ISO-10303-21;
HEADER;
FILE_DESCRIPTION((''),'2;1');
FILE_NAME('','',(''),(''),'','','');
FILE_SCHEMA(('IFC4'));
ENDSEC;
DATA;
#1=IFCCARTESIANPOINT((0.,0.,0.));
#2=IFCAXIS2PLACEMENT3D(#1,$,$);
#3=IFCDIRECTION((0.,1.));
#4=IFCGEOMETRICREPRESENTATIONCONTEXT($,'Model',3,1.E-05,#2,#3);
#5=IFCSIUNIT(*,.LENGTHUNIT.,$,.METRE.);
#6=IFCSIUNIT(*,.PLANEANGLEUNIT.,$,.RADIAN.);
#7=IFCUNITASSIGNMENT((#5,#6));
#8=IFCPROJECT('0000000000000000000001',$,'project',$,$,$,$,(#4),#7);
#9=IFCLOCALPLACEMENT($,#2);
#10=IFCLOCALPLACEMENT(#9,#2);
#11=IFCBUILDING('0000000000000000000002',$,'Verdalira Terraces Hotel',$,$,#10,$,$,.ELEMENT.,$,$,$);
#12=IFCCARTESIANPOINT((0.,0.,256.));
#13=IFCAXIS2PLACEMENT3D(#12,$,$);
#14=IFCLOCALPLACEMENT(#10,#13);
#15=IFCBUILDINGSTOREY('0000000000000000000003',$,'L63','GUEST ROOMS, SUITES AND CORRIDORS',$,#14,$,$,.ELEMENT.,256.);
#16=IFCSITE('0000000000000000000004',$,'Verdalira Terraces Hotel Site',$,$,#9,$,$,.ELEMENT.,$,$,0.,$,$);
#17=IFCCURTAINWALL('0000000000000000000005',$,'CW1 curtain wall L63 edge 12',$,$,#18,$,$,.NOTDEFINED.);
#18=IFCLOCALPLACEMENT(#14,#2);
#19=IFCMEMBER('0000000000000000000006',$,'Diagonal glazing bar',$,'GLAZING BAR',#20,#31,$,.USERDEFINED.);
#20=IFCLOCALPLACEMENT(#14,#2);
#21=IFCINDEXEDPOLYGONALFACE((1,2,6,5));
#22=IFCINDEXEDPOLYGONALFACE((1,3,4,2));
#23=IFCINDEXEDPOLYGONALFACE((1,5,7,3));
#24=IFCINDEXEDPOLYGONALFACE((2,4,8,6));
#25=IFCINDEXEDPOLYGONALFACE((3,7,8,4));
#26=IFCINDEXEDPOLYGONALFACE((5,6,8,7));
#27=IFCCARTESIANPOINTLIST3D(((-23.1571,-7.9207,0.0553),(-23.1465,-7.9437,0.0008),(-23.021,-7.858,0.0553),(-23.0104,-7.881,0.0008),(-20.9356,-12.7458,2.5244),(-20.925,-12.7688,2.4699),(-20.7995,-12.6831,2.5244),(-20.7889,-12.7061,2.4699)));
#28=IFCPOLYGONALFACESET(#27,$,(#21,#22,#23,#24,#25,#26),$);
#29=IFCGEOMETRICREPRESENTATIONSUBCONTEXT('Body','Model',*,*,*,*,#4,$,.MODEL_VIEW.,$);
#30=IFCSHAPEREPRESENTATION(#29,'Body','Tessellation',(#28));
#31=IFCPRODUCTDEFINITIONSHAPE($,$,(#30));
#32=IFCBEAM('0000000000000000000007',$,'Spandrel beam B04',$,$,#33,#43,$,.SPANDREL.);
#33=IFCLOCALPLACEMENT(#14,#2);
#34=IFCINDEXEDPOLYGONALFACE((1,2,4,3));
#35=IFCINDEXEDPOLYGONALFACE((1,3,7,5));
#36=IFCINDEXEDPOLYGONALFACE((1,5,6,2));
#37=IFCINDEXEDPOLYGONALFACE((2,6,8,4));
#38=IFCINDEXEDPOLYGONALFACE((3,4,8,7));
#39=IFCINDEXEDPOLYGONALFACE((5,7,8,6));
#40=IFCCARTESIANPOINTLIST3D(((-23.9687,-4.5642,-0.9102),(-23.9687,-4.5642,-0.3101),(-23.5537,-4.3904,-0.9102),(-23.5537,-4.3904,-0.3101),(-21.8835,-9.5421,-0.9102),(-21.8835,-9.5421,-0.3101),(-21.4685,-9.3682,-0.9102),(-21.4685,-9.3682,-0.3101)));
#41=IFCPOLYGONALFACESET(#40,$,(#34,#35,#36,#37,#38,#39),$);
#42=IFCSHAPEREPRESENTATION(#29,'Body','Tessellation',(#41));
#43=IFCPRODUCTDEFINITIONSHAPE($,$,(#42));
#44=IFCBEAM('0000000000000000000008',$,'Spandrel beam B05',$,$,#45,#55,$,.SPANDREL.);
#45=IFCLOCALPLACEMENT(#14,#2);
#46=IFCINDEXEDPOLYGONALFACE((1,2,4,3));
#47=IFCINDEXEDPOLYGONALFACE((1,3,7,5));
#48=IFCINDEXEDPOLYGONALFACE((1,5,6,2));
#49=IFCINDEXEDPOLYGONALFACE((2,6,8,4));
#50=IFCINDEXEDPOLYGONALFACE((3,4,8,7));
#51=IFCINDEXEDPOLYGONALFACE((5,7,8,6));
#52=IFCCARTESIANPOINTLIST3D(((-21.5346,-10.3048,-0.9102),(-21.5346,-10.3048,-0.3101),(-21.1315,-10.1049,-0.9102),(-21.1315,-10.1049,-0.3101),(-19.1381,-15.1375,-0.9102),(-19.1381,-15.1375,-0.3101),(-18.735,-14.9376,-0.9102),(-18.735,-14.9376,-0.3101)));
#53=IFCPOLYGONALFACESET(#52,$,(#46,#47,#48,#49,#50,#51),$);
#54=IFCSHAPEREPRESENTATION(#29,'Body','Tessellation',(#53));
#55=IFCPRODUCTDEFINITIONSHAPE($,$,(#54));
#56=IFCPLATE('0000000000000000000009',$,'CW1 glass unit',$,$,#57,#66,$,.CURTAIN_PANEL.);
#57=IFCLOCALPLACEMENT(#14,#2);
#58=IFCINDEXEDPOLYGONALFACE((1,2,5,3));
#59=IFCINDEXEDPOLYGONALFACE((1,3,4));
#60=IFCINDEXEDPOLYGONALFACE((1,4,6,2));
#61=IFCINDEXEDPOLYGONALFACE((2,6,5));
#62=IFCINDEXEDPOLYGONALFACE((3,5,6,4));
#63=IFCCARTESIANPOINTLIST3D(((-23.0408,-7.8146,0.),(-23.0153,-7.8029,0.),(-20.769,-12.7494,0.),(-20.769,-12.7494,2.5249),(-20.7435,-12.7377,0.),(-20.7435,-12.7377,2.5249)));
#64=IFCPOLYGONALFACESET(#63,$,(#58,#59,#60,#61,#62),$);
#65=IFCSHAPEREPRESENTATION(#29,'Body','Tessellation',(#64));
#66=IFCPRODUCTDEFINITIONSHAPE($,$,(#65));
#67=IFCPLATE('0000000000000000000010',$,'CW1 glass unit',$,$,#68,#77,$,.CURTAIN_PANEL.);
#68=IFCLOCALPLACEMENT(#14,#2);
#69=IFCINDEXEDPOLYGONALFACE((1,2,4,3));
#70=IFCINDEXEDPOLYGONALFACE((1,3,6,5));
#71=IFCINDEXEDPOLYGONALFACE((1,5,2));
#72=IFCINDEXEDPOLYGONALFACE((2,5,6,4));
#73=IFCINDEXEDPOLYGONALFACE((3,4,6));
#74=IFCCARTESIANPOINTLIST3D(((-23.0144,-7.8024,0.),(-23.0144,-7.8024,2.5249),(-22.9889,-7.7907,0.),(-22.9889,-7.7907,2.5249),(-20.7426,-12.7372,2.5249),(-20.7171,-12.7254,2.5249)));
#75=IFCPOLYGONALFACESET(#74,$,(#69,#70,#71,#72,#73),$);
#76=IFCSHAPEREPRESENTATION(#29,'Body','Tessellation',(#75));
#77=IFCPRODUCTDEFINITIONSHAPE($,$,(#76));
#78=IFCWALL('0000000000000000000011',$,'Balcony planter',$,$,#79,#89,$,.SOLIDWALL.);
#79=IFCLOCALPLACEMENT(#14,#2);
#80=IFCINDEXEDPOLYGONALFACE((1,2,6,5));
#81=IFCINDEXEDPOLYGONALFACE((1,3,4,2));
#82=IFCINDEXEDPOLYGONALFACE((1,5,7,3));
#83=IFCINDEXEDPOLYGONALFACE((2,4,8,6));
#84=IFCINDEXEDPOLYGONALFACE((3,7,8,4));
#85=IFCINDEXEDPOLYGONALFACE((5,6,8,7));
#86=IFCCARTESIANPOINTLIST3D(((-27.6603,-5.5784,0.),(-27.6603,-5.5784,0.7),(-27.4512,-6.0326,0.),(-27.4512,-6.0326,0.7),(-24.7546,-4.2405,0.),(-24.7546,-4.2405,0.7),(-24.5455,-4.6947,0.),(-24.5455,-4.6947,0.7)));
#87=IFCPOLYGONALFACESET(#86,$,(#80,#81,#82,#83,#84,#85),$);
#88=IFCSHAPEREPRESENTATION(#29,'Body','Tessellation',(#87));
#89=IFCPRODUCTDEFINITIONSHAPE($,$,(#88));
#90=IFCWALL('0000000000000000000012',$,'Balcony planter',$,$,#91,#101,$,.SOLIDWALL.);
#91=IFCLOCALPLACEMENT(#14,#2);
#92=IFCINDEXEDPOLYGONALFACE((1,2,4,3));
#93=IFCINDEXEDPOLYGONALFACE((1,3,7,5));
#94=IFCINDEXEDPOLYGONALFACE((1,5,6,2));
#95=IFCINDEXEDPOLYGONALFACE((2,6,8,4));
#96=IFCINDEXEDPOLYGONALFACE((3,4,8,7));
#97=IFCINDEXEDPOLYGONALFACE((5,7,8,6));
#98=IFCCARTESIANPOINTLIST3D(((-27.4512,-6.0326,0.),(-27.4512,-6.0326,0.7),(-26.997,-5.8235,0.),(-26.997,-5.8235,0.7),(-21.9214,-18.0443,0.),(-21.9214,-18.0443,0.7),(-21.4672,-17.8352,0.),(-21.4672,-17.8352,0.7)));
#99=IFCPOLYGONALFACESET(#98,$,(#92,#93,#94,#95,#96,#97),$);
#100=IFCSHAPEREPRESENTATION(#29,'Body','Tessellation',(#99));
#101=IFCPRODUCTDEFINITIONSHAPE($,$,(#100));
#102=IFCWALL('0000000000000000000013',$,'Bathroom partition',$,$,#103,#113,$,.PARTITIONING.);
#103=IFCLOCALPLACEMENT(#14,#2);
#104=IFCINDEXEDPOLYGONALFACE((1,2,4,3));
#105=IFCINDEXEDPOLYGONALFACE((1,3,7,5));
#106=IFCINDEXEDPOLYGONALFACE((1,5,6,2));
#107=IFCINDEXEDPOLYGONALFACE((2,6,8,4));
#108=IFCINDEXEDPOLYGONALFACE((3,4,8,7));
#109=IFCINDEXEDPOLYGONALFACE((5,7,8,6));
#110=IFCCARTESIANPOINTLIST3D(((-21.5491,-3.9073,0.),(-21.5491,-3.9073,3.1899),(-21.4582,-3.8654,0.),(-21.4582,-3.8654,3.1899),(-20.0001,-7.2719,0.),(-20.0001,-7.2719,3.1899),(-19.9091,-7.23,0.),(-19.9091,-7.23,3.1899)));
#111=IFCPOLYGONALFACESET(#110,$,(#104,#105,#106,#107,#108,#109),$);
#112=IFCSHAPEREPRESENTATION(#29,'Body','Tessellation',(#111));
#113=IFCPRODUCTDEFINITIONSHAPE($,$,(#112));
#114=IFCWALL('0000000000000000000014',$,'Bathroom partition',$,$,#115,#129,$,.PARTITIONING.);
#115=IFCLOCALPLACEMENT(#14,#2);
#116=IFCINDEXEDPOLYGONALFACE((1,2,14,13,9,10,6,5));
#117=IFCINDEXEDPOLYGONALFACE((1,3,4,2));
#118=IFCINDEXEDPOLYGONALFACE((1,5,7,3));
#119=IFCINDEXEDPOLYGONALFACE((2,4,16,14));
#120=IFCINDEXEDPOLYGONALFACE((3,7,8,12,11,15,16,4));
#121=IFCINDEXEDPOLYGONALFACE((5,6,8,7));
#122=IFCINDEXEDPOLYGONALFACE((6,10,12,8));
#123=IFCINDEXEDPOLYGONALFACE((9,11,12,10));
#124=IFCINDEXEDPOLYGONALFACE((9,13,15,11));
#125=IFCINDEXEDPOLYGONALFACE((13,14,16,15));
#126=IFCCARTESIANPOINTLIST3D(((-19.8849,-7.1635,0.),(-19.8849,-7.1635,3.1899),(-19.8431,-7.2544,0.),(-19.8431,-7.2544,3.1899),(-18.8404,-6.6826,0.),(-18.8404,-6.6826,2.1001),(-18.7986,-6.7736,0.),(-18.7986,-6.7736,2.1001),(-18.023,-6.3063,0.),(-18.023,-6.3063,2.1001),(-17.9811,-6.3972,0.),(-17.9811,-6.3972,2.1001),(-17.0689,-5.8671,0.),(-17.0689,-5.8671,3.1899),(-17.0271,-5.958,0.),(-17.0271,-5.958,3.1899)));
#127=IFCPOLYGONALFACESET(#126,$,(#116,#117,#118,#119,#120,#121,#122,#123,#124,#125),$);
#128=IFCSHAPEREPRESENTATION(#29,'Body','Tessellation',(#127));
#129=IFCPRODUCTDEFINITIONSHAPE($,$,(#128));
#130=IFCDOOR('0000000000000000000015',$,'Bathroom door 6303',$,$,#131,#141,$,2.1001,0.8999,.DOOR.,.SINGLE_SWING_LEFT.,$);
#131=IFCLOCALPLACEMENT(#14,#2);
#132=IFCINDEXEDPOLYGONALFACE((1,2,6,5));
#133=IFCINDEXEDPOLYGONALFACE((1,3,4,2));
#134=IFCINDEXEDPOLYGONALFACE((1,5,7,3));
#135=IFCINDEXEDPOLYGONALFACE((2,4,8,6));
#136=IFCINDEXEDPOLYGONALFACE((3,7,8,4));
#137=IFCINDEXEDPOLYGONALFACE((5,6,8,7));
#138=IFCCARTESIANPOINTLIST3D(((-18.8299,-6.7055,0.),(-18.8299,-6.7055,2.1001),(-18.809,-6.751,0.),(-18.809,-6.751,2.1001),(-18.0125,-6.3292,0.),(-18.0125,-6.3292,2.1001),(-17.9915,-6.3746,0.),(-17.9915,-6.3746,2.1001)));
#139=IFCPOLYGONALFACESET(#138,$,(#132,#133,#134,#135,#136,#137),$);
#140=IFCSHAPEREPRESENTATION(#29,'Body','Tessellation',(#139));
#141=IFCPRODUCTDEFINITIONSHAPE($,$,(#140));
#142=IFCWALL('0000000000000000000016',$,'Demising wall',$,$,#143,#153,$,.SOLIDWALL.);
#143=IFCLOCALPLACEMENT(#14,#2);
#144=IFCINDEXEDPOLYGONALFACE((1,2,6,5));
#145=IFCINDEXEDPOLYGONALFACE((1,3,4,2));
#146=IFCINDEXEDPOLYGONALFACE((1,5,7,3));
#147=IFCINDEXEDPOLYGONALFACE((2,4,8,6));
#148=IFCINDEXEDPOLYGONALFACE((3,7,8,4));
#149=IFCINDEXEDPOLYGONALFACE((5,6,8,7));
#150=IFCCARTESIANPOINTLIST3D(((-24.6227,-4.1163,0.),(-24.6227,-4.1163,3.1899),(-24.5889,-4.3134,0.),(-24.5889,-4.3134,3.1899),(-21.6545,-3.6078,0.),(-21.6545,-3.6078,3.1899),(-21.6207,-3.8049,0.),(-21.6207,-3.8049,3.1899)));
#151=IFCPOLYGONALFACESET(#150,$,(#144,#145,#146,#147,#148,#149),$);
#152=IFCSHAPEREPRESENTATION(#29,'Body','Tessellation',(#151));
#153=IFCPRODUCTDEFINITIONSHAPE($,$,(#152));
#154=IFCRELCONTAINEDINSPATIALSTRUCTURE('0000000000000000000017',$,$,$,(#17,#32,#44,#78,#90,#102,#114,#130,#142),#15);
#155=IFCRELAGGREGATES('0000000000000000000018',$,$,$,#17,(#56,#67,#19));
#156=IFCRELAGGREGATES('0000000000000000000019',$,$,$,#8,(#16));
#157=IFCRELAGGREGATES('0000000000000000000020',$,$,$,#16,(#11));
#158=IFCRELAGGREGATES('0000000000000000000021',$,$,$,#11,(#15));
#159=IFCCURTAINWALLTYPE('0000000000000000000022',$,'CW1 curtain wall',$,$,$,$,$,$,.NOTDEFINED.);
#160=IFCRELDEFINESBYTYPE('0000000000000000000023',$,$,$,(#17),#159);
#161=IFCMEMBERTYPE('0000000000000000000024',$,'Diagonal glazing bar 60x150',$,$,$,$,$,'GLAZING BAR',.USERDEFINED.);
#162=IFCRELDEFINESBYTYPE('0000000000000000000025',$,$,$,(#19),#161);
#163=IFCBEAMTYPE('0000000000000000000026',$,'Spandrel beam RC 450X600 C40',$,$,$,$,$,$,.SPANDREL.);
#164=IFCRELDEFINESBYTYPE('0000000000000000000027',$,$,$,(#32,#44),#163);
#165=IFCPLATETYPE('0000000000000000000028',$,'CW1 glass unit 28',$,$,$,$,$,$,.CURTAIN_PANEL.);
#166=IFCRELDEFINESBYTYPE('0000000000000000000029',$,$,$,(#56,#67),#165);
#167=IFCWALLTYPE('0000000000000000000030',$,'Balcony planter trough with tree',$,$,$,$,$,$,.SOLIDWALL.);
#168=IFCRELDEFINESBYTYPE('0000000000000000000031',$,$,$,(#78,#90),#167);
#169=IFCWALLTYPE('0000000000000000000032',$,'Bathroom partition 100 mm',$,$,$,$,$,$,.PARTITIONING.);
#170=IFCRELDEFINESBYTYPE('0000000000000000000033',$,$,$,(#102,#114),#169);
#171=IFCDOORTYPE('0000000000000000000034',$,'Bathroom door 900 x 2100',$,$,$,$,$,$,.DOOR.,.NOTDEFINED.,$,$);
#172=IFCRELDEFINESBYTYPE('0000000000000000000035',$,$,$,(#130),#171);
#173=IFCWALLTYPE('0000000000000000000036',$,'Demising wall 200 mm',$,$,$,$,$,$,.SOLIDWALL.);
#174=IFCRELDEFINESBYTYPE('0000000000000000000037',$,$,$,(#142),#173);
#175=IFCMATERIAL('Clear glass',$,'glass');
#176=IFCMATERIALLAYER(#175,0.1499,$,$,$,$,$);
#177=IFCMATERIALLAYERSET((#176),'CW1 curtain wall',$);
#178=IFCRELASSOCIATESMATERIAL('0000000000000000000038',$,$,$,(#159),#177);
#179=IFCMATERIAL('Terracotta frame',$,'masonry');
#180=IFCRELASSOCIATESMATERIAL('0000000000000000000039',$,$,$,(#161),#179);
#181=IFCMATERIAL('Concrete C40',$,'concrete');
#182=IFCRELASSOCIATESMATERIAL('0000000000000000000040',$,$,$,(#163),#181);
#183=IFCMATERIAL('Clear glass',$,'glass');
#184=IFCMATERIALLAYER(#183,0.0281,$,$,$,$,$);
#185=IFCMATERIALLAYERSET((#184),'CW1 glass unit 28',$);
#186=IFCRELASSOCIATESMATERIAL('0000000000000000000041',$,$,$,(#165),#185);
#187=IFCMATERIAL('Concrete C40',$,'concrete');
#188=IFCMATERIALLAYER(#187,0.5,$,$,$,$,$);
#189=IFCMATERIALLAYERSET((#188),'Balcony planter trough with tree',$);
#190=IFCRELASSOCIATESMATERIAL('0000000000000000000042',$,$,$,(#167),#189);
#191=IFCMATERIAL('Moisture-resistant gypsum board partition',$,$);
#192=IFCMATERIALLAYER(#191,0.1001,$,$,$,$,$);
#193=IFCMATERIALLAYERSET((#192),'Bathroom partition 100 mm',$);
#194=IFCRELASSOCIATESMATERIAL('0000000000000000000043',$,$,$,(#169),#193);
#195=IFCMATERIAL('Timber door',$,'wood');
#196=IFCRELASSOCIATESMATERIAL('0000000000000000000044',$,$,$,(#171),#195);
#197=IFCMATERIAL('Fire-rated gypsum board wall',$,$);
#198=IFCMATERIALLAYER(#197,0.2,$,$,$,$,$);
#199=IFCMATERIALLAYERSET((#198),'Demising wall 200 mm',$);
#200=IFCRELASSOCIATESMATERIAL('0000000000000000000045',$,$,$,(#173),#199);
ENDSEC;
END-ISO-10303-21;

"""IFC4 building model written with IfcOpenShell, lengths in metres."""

from ifc_helpers import new_model, si_unit, direction, frame, frame_2d, origin, origin_2d, place, context, subcontext, project, spatial, polyline, rectangle, outline, extrude, material, layer, layer_set, material_profile, profile_set, type_object, element, fill, aggregate, save


model = new_model("IFC4")

# Units and contexts
model_context = context("Model", 3, precision=1e-05, world=origin(), true_north=direction((0.0, 1.0)))
body_context = subcontext(model_context, "Body", "Model", "MODEL_VIEW")
ifc_project = project(units=[si_unit("LENGTHUNIT", "METRE"), si_unit("PLANEANGLEUNIT", "RADIAN")], contexts=[model_context])

# Site, building, storey
site_placement = place(None, origin())
site = spatial("IfcSite", under=ifc_project, at=site_placement, Name="Verdalira Terraces Hotel Site", CompositionType="ELEMENT", RefElevation=0.0)
building_placement = place(site_placement, origin())
building = spatial("IfcBuilding", under=site, at=building_placement, Name="Verdalira Terraces Hotel", CompositionType="ELEMENT")
storey_placement = place(building_placement, frame((0.0, 0.0, 256.0)))
storey = spatial("IfcBuildingStorey", under=building, at=storey_placement, Name="L63", Description="GUEST ROOMS, SUITES AND CORRIDORS", CompositionType="ELEMENT", Elevation=256.0)

# Shared definitions
ifc_material_1 = material(Name="Clear glass", Category="glass")
ifc_layer_1 = layer(ifc_material_1, 0.1499)
ifc_layer_set_1 = layer_set([ifc_layer_1], Name="CW1 curtain wall")
curtain_wall_type = type_object("IfcCurtainWallType", Name="CW1 curtain wall", PredefinedType="NOTDEFINED", material=ifc_layer_set_1)

# Curtain wall
curtain_wall_1_placement = place(storey_placement, origin())
curtain_wall_1 = element("IfcCurtainWall", 1, at=curtain_wall_1_placement, inside=storey, type_object=curtain_wall_type, Name="CW1 curtain wall L63 edge 12", PredefinedType="NOTDEFINED")

# Member
ifc_material_2 = material(Name="Terracotta frame", Category="masonry")
ifc_material_profile_1 = material_profile(ifc_material_2, rectangle(XDim=0.1499, YDim=0.0601, at=origin_2d()), Name="GB 60x150")
ifc_profile_set_1 = profile_set([ifc_material_profile_1], Name="Terracotta frame")
member_type_1 = type_object("IfcMemberType", Name="Diagonal glazing bar 60x150", ElementType="GLAZING BAR", PredefinedType="USERDEFINED", material=ifc_profile_set_1)
member_1_placement = place(storey_placement, frame((-23.0837, -7.9009, 0.0281), z_axis=(0.379243, -0.823715, 0.421506), x_axis=(0.90835, 0.41821, 0.0)))
member_1 = element("IfcMember", 2, at=member_1_placement, type_object=member_type_1, Name="Diagonal glazing bar", ObjectType="GLAZING BAR", PredefinedType="USERDEFINED", context=body_context, shape_type="SweptSolid", body=[
    extrude(rectangle(XDim=0.1499, YDim=0.0601, at=origin_2d()), origin(), (0.0, 0.0, 1.0), 5.8577),
])

# Beams
ifc_material_3 = material(Name="Concrete C40", Category="concrete")
ifc_material_profile_2 = material_profile(ifc_material_3, rectangle(XDim=0.45, YDim=0.6001, at=origin_2d()), Name="RC 450X600")
ifc_profile_set_2 = profile_set([ifc_material_profile_2], Name="Concrete C40")
beam_type_1 = type_object("IfcBeamType", Name="Spandrel beam RC 450X600 C40", PredefinedType="SPANDREL", material=ifc_profile_set_2)
beam_1_placement = place(storey_placement, frame((-23.7612, -4.4773, -0.6101), z_axis=(0.386372, -0.922343, 0.0), x_axis=(0.922343, 0.386372, 0.0)))
element("IfcBeam", 3, at=beam_1_placement, inside=storey, type_object=beam_type_1, Name="Spandrel beam B04", PredefinedType="SPANDREL", context=body_context, shape_type="SweptSolid", body=[
    extrude(rectangle(XDim=0.45, YDim=0.6001, at=origin_2d()), origin(), (0.0, 0.0, 1.0), 5.397),
])
beam_2_placement = place(storey_placement, frame((-21.333, -10.2048, -0.6101), z_axis=(0.44426, -0.895898, 0.0), x_axis=(0.895898, 0.44426, 0.0)))
element("IfcBeam", 4, at=beam_2_placement, inside=storey, type_object=beam_type_1, Name="Spandrel beam B05", PredefinedType="SPANDREL", context=body_context, shape_type="SweptSolid", body=[
    extrude(rectangle(XDim=0.45, YDim=0.6001, at=origin_2d()), origin(), (0.0, 0.0, 1.0), 5.3943),
])

# Plates
ifc_material_4 = material(Name="Clear glass", Category="glass")
ifc_layer_2 = layer(ifc_material_4, 0.0281)
ifc_layer_set_2 = layer_set([ifc_layer_2], Name="CW1 glass unit 28")
plate_type = type_object("IfcPlateType", Name="CW1 glass unit 28", PredefinedType="CURTAIN_PANEL", material=ifc_layer_set_2)
plate_1_placement = place(storey_placement, frame((-21.8794, -10.2703, 1.2625), z_axis=(-0.908362, -0.418184, 0.0), x_axis=(0.418184, -0.908362, 0.0)))
plate_1 = element("IfcPlate", 5, at=plate_1_placement, type_object=plate_type, Name="CW1 glass unit", PredefinedType="CURTAIN_PANEL", context=body_context, shape_type="SweptSolid", body=[
    extrude(outline(polyline([(-2.7163, -1.2625), (2.7163, -1.2625), (2.7163, 1.2625), (-2.7163, -1.2625)])), origin(), (0.0, 0.0, 1.0), 0.0281),
])
plate_2_placement = place(storey_placement, frame((-21.853, -10.2581, 1.2625), z_axis=(-0.908362, -0.418184, 0.0), x_axis=(0.418184, -0.908362, 0.0)))
plate_2 = element("IfcPlate", 6, at=plate_2_placement, type_object=plate_type, Name="CW1 glass unit", PredefinedType="CURTAIN_PANEL", context=body_context, shape_type="SweptSolid", body=[
    extrude(outline(polyline([(-2.7163, -1.2625), (2.7163, 1.2625), (-2.7163, 1.2625), (-2.7163, -1.2625)])), origin(), (0.0, 0.0, 1.0), 0.0281),
])
aggregate(curtain_wall_1, [plate_1, plate_2, member_1])

# Walls
ifc_material_5 = material(Name="Concrete C40", Category="concrete")
ifc_layer_3 = layer(ifc_material_5, 0.5)
ifc_layer_set_3 = layer_set([ifc_layer_3], Name="Balcony planter trough with tree")
wall_type_1 = type_object("IfcWallType", Name="Balcony planter trough with tree", PredefinedType="SOLIDWALL", material=ifc_layer_set_3)
wall_1_placement = place(storey_placement, frame((-24.6499, -4.4675, 0.0), z_axis=(0.0, 0.0, 1.0), x_axis=(-0.908343, -0.418226, 0.0)))
element("IfcWall", 7, at=wall_1_placement, inside=storey, type_object=wall_type_1, Name="Balcony planter", PredefinedType="SOLIDWALL", context=body_context, shape_type="SweptSolid", body=[
    extrude(rectangle(XDim=3.199, YDim=0.5, at=frame_2d((1.5996, 0.0))), origin(), (0.0, 0.0, 1.0), 0.7),
])
wall_2_placement = place(storey_placement, frame((-27.2241, -5.928, 0.0), z_axis=(0.0, 0.0, 1.0), x_axis=(0.41818, -0.908364, 0.0)))
element("IfcWall", 8, at=wall_2_placement, inside=storey, type_object=wall_type_1, Name="Balcony planter", PredefinedType="SOLIDWALL", context=body_context, shape_type="SweptSolid", body=[
    extrude(rectangle(XDim=13.2234, YDim=0.5, at=frame_2d((6.6118, 0.0))), origin(), (0.0, 0.0, 1.0), 0.7),
])
ifc_material_6 = material(Name="Moisture-resistant gypsum board partition")
ifc_layer_4 = layer(ifc_material_6, 0.1001)
ifc_layer_set_4 = layer_set([ifc_layer_4], Name="Bathroom partition 100 mm")
wall_type_2 = type_object("IfcWallType", Name="Bathroom partition 100 mm", PredefinedType="PARTITIONING", material=ifc_layer_set_4)
wall_3_placement = place(storey_placement, frame((-19.9546, -7.251, 0.0), z_axis=(0.0, 0.0, 1.0), x_axis=(-0.418193, 0.908358, 0.0)))
element("IfcWall", 9, at=wall_3_placement, inside=storey, type_object=wall_type_2, Name="Bathroom partition", PredefinedType="PARTITIONING", context=body_context, shape_type="SweptSolid", body=[
    extrude(rectangle(XDim=3.7041, YDim=0.1001, at=frame_2d((1.8521, 0.0))), origin(), (0.0, 0.0, 1.0), 3.1899),
])

# Wall, opening, door
wall_4_placement = place(storey_placement, frame((-19.864, -7.209, 0.0), z_axis=(0.0, 0.0, 1.0), x_axis=(0.90836, 0.418189, 0.0)))
wall_4 = element("IfcWall", 10, at=wall_4_placement, inside=storey, type_object=wall_type_2, Name="Bathroom partition", PredefinedType="PARTITIONING", context=body_context, shape_type="SweptSolid", body=[
    extrude(rectangle(XDim=3.1001, YDim=0.1001, at=frame_2d((1.55, 0.0))), origin(), (0.0, 0.0, 1.0), 3.1899),
])
opening_1_placement = place(wall_4_placement, frame((1.1499, 0.0, 0.0)))
opening_1 = element("IfcOpeningElement", 11, at=opening_1_placement, cuts=wall_4, PredefinedType="OPENING", context=body_context, shape_type="SweptSolid", body=[
    extrude(rectangle(XDim=0.8999, YDim=2.1001, at=frame_2d((0.45, 1.05))), frame((0.0, 0.0601, 0.0), z_axis=(0.0, -1.0, 0.0), x_axis=(1.0, 0.0, 0.0)), (0.0, 0.0, 1.0), 0.1201),
])
ifc_material_7 = material(Name="Timber door", Category="wood")
door_type_1 = type_object("IfcDoorType", Name="Bathroom door 900 x 2100", OperationType="NOTDEFINED", PredefinedType="DOOR", material=ifc_material_7)
door_1_placement = place(opening_1_placement, origin())
door_1 = element("IfcDoor", 12, at=door_1_placement, inside=storey, type_object=door_type_1, Name="Bathroom door 6303", OperationType="SINGLE_SWING_LEFT", OverallHeight=2.1001, OverallWidth=0.8999, PredefinedType="DOOR", context=body_context, shape_type="SweptSolid", body=[
    extrude(rectangle(XDim=0.8999, YDim=2.1001, at=frame_2d((0.45, 1.05))), frame((0.0, 0.0249, 0.0), z_axis=(0.0, -1.0, 0.0), x_axis=(1.0, 0.0, 0.0)), (0.0, 0.0, 1.0), 0.05),
])
fill(opening_1, door_1)

# Wall
ifc_material_8 = material(Name="Fire-rated gypsum board wall")
ifc_layer_5 = layer(ifc_material_8, 0.2)
ifc_layer_set_5 = layer_set([ifc_layer_5], Name="Demising wall 200 mm")
wall_type_3 = type_object("IfcWallType", Name="Demising wall 200 mm", PredefinedType="SOLIDWALL", material=ifc_layer_set_5)
wall_5_placement = place(storey_placement, frame((-21.6375, -3.7063, 0.0), z_axis=(0.0, 0.0, 1.0), x_axis=(-0.985639, -0.168867, 0.0)))
element("IfcWall", 13, at=wall_5_placement, inside=storey, type_object=wall_type_3, Name="Demising wall", PredefinedType="SOLIDWALL", context=body_context, shape_type="SweptSolid", body=[
    extrude(rectangle(XDim=3.0115, YDim=0.2, at=frame_2d((1.5059, 0.0))), origin(), (0.0, 0.0, 1.0), 3.1899),
])

save(model, "model.ifc")
